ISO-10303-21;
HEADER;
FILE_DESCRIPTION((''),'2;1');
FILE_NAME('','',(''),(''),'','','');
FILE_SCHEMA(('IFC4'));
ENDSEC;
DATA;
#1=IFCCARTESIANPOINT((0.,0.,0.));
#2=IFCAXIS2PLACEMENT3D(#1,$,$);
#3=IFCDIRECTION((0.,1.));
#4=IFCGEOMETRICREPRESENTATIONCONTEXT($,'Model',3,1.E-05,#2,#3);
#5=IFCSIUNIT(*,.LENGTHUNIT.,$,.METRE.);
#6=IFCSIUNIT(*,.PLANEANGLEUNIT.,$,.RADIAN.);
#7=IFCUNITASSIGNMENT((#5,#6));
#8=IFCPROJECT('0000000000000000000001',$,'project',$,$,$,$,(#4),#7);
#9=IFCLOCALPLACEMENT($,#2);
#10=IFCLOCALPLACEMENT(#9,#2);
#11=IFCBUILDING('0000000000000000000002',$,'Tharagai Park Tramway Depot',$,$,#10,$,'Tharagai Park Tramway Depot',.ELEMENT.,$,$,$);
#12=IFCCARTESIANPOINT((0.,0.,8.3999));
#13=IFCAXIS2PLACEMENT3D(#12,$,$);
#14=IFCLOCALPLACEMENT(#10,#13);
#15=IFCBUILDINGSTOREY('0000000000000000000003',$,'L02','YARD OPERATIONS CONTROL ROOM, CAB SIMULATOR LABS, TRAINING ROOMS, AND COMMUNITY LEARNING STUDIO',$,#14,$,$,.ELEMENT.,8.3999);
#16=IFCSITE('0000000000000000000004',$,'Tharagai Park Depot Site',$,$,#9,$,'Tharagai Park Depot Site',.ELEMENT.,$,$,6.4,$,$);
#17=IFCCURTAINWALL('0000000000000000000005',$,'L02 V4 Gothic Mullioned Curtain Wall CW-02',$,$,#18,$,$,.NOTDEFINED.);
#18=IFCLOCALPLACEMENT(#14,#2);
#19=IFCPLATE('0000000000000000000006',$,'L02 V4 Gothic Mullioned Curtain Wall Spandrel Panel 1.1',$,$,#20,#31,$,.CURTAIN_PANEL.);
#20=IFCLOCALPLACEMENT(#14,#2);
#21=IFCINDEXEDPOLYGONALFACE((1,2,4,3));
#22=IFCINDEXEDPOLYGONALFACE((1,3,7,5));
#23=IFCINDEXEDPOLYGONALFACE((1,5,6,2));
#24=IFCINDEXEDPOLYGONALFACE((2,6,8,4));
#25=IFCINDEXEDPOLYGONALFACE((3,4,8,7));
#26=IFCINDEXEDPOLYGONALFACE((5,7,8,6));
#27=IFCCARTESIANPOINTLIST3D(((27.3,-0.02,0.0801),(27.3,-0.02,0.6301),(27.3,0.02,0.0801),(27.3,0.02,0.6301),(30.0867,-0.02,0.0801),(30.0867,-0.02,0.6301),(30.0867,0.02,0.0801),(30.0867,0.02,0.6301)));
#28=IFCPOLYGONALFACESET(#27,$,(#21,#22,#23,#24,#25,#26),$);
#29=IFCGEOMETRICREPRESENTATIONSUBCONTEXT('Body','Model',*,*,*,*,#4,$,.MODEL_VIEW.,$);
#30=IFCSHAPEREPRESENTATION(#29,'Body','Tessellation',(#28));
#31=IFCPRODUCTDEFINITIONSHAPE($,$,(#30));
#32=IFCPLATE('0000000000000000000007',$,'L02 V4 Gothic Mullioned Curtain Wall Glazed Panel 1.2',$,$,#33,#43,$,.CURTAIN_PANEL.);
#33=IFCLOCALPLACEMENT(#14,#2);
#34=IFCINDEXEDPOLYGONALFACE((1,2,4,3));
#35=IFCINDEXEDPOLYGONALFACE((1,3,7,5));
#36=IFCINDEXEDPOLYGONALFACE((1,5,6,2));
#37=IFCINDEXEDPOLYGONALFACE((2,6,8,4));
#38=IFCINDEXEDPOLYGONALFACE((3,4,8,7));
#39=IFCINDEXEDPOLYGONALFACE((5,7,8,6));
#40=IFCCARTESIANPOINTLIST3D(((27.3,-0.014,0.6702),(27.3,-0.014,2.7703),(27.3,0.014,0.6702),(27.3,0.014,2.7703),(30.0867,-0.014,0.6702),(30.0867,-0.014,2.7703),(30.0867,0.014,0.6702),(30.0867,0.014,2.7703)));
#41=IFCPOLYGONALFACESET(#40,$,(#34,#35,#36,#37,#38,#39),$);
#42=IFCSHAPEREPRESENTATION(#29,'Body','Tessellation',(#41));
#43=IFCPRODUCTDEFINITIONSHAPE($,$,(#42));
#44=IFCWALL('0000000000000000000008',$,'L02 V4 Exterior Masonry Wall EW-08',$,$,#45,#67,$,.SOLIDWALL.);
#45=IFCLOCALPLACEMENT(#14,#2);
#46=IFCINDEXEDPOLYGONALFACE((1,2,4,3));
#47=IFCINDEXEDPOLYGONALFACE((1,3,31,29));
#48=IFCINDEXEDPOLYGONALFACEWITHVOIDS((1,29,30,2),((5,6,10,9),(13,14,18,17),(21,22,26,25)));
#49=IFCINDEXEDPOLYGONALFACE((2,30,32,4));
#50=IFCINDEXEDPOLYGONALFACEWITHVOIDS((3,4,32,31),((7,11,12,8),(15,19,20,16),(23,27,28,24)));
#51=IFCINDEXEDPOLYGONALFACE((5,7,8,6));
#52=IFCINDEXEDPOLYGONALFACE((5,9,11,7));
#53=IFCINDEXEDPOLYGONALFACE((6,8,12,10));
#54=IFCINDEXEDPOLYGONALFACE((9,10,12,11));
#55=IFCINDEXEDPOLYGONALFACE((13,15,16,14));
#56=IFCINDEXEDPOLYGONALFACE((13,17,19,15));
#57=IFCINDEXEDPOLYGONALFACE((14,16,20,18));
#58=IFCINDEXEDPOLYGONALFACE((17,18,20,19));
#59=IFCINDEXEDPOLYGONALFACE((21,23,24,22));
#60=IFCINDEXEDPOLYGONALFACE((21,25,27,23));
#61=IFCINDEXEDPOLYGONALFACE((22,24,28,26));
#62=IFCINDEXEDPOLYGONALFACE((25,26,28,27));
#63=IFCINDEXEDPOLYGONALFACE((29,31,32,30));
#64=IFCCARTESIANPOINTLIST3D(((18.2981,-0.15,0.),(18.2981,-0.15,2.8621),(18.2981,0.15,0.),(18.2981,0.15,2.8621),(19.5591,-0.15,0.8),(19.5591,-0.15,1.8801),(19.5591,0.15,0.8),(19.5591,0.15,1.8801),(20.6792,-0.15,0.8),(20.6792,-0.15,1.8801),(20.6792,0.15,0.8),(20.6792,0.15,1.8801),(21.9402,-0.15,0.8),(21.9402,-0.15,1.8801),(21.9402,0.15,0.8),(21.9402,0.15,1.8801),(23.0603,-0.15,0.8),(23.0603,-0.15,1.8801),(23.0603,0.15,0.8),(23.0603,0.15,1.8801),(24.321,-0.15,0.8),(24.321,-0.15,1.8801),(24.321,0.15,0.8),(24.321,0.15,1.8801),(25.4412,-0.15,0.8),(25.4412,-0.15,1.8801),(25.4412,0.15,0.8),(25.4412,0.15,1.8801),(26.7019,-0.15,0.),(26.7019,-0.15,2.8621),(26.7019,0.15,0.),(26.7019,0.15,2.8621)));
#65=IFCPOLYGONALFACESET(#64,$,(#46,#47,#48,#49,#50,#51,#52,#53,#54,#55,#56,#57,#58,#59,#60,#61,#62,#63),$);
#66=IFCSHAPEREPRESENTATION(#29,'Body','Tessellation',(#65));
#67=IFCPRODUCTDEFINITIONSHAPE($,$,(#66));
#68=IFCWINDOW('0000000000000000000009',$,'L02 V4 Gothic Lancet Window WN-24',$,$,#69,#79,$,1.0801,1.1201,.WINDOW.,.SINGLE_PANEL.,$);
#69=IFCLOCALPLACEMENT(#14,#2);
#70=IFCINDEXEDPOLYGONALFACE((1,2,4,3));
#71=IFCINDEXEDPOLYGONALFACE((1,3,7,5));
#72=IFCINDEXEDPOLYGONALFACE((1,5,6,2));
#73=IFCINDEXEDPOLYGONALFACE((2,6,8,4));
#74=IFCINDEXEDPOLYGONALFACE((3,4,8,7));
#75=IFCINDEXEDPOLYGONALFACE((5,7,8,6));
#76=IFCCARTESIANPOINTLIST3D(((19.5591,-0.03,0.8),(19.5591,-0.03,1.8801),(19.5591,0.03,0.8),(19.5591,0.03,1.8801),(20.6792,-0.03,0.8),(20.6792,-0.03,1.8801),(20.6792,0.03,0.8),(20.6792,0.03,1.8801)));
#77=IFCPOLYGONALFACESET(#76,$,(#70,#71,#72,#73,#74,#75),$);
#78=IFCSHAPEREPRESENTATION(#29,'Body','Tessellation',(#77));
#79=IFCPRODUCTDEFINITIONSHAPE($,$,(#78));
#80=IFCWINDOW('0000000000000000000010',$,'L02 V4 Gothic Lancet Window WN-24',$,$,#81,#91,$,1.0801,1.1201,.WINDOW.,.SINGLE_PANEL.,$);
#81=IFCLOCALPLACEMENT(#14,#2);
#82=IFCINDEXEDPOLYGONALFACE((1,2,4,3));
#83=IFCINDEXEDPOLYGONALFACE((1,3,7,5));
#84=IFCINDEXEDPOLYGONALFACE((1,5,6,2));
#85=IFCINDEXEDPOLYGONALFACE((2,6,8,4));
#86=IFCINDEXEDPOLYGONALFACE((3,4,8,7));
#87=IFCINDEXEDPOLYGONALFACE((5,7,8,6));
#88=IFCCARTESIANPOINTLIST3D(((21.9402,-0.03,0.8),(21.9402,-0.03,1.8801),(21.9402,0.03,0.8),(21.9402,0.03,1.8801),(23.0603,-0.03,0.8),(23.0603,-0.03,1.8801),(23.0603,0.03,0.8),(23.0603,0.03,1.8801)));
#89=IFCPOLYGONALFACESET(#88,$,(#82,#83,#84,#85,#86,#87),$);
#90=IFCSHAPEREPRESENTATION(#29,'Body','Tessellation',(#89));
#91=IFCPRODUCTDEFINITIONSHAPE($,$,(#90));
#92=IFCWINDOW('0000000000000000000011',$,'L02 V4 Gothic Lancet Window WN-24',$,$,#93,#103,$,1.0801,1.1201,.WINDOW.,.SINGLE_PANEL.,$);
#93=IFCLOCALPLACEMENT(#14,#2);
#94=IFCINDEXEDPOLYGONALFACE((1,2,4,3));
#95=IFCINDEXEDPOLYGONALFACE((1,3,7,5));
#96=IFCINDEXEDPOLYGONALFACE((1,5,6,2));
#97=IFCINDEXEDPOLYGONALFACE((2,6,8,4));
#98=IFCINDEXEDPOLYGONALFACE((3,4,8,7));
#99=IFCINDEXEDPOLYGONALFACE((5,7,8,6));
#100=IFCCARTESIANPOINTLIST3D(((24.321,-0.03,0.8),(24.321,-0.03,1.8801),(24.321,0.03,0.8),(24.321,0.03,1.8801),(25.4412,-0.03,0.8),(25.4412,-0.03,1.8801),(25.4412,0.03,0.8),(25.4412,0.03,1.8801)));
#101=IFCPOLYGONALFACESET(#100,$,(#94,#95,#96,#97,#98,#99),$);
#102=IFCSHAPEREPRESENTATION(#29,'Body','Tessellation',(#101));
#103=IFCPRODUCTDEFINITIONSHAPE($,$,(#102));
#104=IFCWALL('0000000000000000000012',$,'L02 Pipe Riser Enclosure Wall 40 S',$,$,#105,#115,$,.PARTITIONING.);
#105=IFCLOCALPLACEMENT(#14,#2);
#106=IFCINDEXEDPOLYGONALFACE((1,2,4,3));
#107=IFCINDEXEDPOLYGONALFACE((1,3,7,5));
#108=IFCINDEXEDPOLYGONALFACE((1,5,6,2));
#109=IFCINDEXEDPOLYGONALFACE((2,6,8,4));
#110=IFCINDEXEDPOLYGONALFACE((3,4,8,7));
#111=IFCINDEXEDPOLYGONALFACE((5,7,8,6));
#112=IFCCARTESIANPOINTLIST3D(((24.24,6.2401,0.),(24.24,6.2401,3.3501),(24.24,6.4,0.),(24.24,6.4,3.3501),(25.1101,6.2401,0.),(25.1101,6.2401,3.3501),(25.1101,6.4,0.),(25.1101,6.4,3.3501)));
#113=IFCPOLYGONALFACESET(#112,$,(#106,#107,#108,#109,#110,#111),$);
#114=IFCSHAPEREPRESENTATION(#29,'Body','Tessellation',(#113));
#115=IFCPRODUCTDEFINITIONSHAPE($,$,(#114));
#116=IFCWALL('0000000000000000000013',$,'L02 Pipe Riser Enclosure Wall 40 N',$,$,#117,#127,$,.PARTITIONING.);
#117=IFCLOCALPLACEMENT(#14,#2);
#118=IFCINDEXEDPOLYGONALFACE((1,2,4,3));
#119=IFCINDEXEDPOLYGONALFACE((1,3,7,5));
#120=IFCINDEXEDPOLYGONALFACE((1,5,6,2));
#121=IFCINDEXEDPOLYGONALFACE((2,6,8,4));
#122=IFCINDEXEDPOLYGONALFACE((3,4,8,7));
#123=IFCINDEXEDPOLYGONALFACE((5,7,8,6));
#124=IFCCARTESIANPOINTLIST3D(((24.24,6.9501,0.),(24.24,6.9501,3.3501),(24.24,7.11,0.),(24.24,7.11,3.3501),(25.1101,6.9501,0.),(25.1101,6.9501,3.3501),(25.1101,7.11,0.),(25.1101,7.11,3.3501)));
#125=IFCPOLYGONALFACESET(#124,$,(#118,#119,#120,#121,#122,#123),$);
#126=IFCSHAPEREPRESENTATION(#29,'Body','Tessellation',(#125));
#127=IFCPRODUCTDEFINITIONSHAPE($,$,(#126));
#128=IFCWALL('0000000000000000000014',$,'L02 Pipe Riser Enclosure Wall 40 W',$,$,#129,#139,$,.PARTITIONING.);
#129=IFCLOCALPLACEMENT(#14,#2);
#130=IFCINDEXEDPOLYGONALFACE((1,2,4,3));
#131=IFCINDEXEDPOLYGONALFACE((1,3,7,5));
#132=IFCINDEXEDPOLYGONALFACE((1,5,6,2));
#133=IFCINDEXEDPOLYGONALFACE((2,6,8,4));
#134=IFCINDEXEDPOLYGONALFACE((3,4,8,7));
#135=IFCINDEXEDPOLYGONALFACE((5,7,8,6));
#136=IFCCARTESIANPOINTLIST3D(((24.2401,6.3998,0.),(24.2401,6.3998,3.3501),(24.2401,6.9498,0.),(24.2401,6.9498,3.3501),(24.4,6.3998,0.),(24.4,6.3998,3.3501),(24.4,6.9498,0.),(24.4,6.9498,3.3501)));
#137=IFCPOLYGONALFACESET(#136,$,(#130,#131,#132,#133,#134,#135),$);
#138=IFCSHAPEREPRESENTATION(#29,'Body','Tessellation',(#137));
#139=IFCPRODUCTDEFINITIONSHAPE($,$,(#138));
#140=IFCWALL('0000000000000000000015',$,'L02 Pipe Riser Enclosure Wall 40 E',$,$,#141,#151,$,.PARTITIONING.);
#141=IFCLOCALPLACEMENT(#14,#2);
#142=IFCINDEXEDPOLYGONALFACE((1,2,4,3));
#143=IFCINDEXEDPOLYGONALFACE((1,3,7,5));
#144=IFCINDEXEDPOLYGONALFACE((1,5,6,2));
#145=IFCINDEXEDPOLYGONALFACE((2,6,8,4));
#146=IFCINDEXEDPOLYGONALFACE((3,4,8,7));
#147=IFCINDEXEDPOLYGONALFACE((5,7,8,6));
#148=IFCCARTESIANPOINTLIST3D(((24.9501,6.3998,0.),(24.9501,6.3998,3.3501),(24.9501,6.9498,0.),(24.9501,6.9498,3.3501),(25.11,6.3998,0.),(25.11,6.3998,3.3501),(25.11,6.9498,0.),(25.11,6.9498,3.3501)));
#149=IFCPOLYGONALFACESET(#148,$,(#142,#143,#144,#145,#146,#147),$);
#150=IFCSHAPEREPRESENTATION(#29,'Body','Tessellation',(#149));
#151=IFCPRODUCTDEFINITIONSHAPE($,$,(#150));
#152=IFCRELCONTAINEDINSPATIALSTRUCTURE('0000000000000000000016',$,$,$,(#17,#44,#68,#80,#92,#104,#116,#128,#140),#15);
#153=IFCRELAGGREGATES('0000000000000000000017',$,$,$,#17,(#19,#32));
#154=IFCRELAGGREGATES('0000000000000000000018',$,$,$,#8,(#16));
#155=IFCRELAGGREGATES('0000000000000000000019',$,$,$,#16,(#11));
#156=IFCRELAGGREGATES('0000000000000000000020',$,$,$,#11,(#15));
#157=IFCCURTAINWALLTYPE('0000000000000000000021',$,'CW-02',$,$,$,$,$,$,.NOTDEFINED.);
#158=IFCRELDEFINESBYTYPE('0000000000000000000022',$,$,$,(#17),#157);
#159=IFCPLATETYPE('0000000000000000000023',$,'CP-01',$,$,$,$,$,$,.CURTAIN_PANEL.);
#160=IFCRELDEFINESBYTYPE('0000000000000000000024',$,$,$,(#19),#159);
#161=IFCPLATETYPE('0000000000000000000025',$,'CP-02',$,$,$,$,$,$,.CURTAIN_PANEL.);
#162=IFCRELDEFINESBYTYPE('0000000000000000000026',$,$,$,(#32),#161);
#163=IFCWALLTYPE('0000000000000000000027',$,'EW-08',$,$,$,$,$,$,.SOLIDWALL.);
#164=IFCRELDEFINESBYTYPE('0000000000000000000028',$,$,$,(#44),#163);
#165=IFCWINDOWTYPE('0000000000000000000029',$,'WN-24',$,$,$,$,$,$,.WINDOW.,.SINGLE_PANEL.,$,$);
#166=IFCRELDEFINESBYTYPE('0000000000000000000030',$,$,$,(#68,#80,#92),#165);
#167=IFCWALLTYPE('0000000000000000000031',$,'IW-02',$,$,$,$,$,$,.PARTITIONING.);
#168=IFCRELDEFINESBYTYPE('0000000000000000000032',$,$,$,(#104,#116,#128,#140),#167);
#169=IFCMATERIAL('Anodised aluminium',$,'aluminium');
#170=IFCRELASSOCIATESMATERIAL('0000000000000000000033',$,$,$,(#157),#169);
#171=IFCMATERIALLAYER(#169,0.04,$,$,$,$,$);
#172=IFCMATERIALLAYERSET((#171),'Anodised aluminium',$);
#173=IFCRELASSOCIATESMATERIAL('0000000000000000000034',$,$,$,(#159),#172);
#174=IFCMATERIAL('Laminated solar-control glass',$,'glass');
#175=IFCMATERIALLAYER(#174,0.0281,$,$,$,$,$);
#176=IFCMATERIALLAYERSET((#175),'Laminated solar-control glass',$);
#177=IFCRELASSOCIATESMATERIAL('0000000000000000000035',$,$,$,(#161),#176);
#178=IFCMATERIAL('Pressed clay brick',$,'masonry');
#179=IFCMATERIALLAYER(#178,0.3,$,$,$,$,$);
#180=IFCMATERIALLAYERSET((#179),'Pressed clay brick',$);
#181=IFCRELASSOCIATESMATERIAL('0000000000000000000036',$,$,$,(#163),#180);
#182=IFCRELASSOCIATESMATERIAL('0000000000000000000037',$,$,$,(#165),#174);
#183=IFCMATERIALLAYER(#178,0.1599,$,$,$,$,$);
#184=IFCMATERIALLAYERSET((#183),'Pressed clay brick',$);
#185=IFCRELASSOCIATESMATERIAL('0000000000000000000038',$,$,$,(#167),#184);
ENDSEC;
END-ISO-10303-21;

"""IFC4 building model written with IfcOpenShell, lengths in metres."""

from ifc_helpers import new_model, si_unit, direction, frame, frame_2d, origin, origin_2d, place, context, subcontext, project, spatial, rectangle, extrude, material, layer, layer_set, type_object, element, fill, aggregate, save


model = new_model("IFC4")

# Units and contexts
model_context = context("Model", 3, precision=1e-05, world=origin(), true_north=direction((0.0, 1.0)))
body_context = subcontext(model_context, "Body", "Model", "MODEL_VIEW")
ifc_project = project(units=[si_unit("LENGTHUNIT", "METRE"), si_unit("PLANEANGLEUNIT", "RADIAN")], contexts=[model_context])

# Site, building, storey
site_placement = place(None, origin())
site = spatial("IfcSite", under=ifc_project, at=site_placement, Name="Tharagai Park Depot Site", LongName="Tharagai Park Depot Site", CompositionType="ELEMENT", RefElevation=6.4)
building_placement = place(site_placement, origin())
building = spatial("IfcBuilding", under=site, at=building_placement, Name="Tharagai Park Tramway Depot", LongName="Tharagai Park Tramway Depot", CompositionType="ELEMENT")
storey_placement = place(building_placement, frame((0.0, 0.0, 8.3999)))
storey = spatial("IfcBuildingStorey", under=building, at=storey_placement, Name="L02", Description="YARD OPERATIONS CONTROL ROOM, CAB SIMULATOR LABS, TRAINING ROOMS, AND COMMUNITY LEARNING STUDIO", CompositionType="ELEMENT", Elevation=8.3999)

# Curtain wall
ifc_material_1 = material(Name="Anodised aluminium", Category="aluminium")
curtain_wall_type = type_object("IfcCurtainWallType", Name="CW-02", PredefinedType="NOTDEFINED", material=ifc_material_1)
curtain_wall_placement = place(storey_placement, origin())
curtain_wall = element("IfcCurtainWall", 1, at=curtain_wall_placement, inside=storey, type_object=curtain_wall_type, Name="L02 V4 Gothic Mullioned Curtain Wall CW-02", PredefinedType="NOTDEFINED")

# Plates
ifc_layer_1 = layer(ifc_material_1, 0.04)
ifc_layer_set_1 = layer_set([ifc_layer_1], Name="Anodised aluminium")
plate_type_1 = type_object("IfcPlateType", Name="CP-01", PredefinedType="CURTAIN_PANEL", material=ifc_layer_set_1)
plate_1_placement = place(storey_placement, frame((28.6934, 0.0, 0.0801), z_axis=(0.0, 0.0, 1.0), x_axis=(1.0, 0.0, 0.0)))
plate_1 = element("IfcPlate", 2, at=plate_1_placement, type_object=plate_type_1, Name="L02 V4 Gothic Mullioned Curtain Wall Spandrel Panel 1.1", PredefinedType="CURTAIN_PANEL", context=body_context, shape_type="SweptSolid", body=[
    extrude(rectangle(XDim=2.7866, YDim=0.04, at=origin_2d()), origin(), (0.0, 0.0, 1.0), 0.55),
])
ifc_material_2 = material(Name="Laminated solar-control glass", Category="glass")
ifc_layer_2 = layer(ifc_material_2, 0.0281)
ifc_layer_set_2 = layer_set([ifc_layer_2], Name="Laminated solar-control glass")
plate_type_2 = type_object("IfcPlateType", Name="CP-02", PredefinedType="CURTAIN_PANEL", material=ifc_layer_set_2)
plate_2_placement = place(storey_placement, frame((28.6934, 0.0, 0.6702), z_axis=(0.0, 0.0, 1.0), x_axis=(1.0, 0.0, 0.0)))
plate_2 = element("IfcPlate", 3, at=plate_2_placement, type_object=plate_type_2, Name="L02 V4 Gothic Mullioned Curtain Wall Glazed Panel 1.2", PredefinedType="CURTAIN_PANEL", context=body_context, shape_type="SweptSolid", body=[
    extrude(rectangle(XDim=2.7866, YDim=0.0281, at=origin_2d()), origin(), (0.0, 0.0, 1.0), 2.1001),
])
aggregate(curtain_wall, [plate_1, plate_2])

# Wall, openings, windows
ifc_material_3 = material(Name="Pressed clay brick", Category="masonry")
ifc_layer_3 = layer(ifc_material_3, 0.3)
ifc_layer_set_3 = layer_set([ifc_layer_3], Name="Pressed clay brick")
wall_type_1 = type_object("IfcWallType", Name="EW-08", PredefinedType="SOLIDWALL", material=ifc_layer_set_3)
wall_1_placement = place(storey_placement, frame((18.2981, 0.0, 0.0), z_axis=(0.0, 0.0, 1.0), x_axis=(1.0, 0.0, 0.0)))
wall_1 = element("IfcWall", 4, at=wall_1_placement, inside=storey, type_object=wall_type_1, Name="L02 V4 Exterior Masonry Wall EW-08", PredefinedType="SOLIDWALL", context=body_context, shape_type="SweptSolid", body=[
    extrude(rectangle(XDim=8.4038, YDim=0.3, at=frame_2d((4.2019, 0.0))), origin(), (0.0, 0.0, 1.0), 2.8621),
])
opening_1_placement = place(wall_1_placement, frame((1.261, 0.0, 0.8)))
opening_1 = element("IfcOpeningElement", 5, at=opening_1_placement, cuts=wall_1, PredefinedType="OPENING", context=body_context, shape_type="SweptSolid", body=[
    extrude(rectangle(XDim=1.1201, YDim=1.0801, at=frame_2d((0.5601, 0.54))), frame((0.0, 0.1599, 0.0), z_axis=(0.0, -1.0, 0.0), x_axis=(1.0, 0.0, 0.0)), (0.0, 0.0, 1.0), 0.3201),
])
opening_2_placement = place(wall_1_placement, frame((3.6421, 0.0, 0.8)))
opening_2 = element("IfcOpeningElement", 6, at=opening_2_placement, cuts=wall_1, PredefinedType="OPENING", context=body_context, shape_type="SweptSolid", body=[
    extrude(rectangle(XDim=1.1201, YDim=1.0801, at=frame_2d((0.5601, 0.54))), frame((0.0, 0.1599, 0.0), z_axis=(0.0, -1.0, 0.0), x_axis=(1.0, 0.0, 0.0)), (0.0, 0.0, 1.0), 0.3201),
])
opening_3_placement = place(wall_1_placement, frame((6.0229, 0.0, 0.8)))
opening_3 = element("IfcOpeningElement", 7, at=opening_3_placement, cuts=wall_1, PredefinedType="OPENING", context=body_context, shape_type="SweptSolid", body=[
    extrude(rectangle(XDim=1.1201, YDim=1.0801, at=frame_2d((0.5601, 0.54))), frame((0.0, 0.1599, 0.0), z_axis=(0.0, -1.0, 0.0), x_axis=(1.0, 0.0, 0.0)), (0.0, 0.0, 1.0), 0.3201),
])
window_type = type_object("IfcWindowType", Name="WN-24", PartitioningType="SINGLE_PANEL", PredefinedType="WINDOW", material=ifc_material_2)
window_1_placement = place(opening_1_placement, origin())
window_1 = element("IfcWindow", 8, at=window_1_placement, inside=storey, type_object=window_type, Name="L02 V4 Gothic Lancet Window WN-24", OverallHeight=1.0801, OverallWidth=1.1201, PartitioningType="SINGLE_PANEL", PredefinedType="WINDOW", context=body_context, shape_type="SweptSolid", body=[
    extrude(rectangle(XDim=1.1201, YDim=1.0801, at=frame_2d((0.5601, 0.54))), frame((0.0, 0.03, 0.0), z_axis=(0.0, -1.0, 0.0), x_axis=(1.0, 0.0, 0.0)), (0.0, 0.0, 1.0), 0.0601),
])
fill(opening_1, window_1)
window_2_placement = place(opening_2_placement, origin())
window_2 = element("IfcWindow", 9, at=window_2_placement, inside=storey, type_object=window_type, Name="L02 V4 Gothic Lancet Window WN-24", OverallHeight=1.0801, OverallWidth=1.1201, PartitioningType="SINGLE_PANEL", PredefinedType="WINDOW", context=body_context, shape_type="SweptSolid", body=[
    extrude(rectangle(XDim=1.1201, YDim=1.0801, at=frame_2d((0.5601, 0.54))), frame((0.0, 0.03, 0.0), z_axis=(0.0, -1.0, 0.0), x_axis=(1.0, 0.0, 0.0)), (0.0, 0.0, 1.0), 0.0601),
])
fill(opening_2, window_2)
window_3_placement = place(opening_3_placement, origin())
window_3 = element("IfcWindow", 10, at=window_3_placement, inside=storey, type_object=window_type, Name="L02 V4 Gothic Lancet Window WN-24", OverallHeight=1.0801, OverallWidth=1.1201, PartitioningType="SINGLE_PANEL", PredefinedType="WINDOW", context=body_context, shape_type="SweptSolid", body=[
    extrude(rectangle(XDim=1.1201, YDim=1.0801, at=frame_2d((0.5601, 0.54))), frame((0.0, 0.03, 0.0), z_axis=(0.0, -1.0, 0.0), x_axis=(1.0, 0.0, 0.0)), (0.0, 0.0, 1.0), 0.0601),
])
fill(opening_3, window_3)

# Walls
ifc_layer_4 = layer(ifc_material_3, 0.1599)
ifc_layer_set_4 = layer_set([ifc_layer_4], Name="Pressed clay brick")
wall_type_2 = type_object("IfcWallType", Name="IW-02", PredefinedType="PARTITIONING", material=ifc_layer_set_4)
for number, where, z_axis, x_axis, name in (
    (11, (24.24, 6.3201, 0.0), (0.0, 0.0, 1.0), (1.0, 0.0, 0.0), "L02 Pipe Riser Enclosure Wall 40 S"),
    (12, (24.24, 7.03, 0.0), (0.0, 0.0, 1.0), (1.0, 0.0, 0.0), "L02 Pipe Riser Enclosure Wall 40 N"),
):
    element("IfcWall", number, at=place(storey_placement, frame(where, z_axis=z_axis, x_axis=x_axis)), inside=storey, type_object=wall_type_2, Name=name, PredefinedType="PARTITIONING", context=body_context, shape_type="SweptSolid", body=[
        extrude(rectangle(XDim=0.8701, YDim=0.1599, at=frame_2d((0.4351, 0.0))), origin(), (0.0, 0.0, 1.0), 3.3501),
    ])
for number, where, z_axis, x_axis, name in (
    (13, (24.3201, 6.3999, 0.0), (0.0, 0.0, 1.0), (0.0, 1.0, 0.0), "L02 Pipe Riser Enclosure Wall 40 W"),
    (14, (25.03, 6.3999, 0.0), (0.0, 0.0, 1.0), (0.0, 1.0, 0.0), "L02 Pipe Riser Enclosure Wall 40 E"),
):
    element("IfcWall", number, at=place(storey_placement, frame(where, z_axis=z_axis, x_axis=x_axis)), inside=storey, type_object=wall_type_2, Name=name, PredefinedType="PARTITIONING", context=body_context, shape_type="SweptSolid", body=[
        extrude(rectangle(XDim=0.55, YDim=0.1599, at=frame_2d((0.2749, 0.0))), origin(), (0.0, 0.0, 1.0), 3.3501),
    ])

save(model, "model.ifc")
